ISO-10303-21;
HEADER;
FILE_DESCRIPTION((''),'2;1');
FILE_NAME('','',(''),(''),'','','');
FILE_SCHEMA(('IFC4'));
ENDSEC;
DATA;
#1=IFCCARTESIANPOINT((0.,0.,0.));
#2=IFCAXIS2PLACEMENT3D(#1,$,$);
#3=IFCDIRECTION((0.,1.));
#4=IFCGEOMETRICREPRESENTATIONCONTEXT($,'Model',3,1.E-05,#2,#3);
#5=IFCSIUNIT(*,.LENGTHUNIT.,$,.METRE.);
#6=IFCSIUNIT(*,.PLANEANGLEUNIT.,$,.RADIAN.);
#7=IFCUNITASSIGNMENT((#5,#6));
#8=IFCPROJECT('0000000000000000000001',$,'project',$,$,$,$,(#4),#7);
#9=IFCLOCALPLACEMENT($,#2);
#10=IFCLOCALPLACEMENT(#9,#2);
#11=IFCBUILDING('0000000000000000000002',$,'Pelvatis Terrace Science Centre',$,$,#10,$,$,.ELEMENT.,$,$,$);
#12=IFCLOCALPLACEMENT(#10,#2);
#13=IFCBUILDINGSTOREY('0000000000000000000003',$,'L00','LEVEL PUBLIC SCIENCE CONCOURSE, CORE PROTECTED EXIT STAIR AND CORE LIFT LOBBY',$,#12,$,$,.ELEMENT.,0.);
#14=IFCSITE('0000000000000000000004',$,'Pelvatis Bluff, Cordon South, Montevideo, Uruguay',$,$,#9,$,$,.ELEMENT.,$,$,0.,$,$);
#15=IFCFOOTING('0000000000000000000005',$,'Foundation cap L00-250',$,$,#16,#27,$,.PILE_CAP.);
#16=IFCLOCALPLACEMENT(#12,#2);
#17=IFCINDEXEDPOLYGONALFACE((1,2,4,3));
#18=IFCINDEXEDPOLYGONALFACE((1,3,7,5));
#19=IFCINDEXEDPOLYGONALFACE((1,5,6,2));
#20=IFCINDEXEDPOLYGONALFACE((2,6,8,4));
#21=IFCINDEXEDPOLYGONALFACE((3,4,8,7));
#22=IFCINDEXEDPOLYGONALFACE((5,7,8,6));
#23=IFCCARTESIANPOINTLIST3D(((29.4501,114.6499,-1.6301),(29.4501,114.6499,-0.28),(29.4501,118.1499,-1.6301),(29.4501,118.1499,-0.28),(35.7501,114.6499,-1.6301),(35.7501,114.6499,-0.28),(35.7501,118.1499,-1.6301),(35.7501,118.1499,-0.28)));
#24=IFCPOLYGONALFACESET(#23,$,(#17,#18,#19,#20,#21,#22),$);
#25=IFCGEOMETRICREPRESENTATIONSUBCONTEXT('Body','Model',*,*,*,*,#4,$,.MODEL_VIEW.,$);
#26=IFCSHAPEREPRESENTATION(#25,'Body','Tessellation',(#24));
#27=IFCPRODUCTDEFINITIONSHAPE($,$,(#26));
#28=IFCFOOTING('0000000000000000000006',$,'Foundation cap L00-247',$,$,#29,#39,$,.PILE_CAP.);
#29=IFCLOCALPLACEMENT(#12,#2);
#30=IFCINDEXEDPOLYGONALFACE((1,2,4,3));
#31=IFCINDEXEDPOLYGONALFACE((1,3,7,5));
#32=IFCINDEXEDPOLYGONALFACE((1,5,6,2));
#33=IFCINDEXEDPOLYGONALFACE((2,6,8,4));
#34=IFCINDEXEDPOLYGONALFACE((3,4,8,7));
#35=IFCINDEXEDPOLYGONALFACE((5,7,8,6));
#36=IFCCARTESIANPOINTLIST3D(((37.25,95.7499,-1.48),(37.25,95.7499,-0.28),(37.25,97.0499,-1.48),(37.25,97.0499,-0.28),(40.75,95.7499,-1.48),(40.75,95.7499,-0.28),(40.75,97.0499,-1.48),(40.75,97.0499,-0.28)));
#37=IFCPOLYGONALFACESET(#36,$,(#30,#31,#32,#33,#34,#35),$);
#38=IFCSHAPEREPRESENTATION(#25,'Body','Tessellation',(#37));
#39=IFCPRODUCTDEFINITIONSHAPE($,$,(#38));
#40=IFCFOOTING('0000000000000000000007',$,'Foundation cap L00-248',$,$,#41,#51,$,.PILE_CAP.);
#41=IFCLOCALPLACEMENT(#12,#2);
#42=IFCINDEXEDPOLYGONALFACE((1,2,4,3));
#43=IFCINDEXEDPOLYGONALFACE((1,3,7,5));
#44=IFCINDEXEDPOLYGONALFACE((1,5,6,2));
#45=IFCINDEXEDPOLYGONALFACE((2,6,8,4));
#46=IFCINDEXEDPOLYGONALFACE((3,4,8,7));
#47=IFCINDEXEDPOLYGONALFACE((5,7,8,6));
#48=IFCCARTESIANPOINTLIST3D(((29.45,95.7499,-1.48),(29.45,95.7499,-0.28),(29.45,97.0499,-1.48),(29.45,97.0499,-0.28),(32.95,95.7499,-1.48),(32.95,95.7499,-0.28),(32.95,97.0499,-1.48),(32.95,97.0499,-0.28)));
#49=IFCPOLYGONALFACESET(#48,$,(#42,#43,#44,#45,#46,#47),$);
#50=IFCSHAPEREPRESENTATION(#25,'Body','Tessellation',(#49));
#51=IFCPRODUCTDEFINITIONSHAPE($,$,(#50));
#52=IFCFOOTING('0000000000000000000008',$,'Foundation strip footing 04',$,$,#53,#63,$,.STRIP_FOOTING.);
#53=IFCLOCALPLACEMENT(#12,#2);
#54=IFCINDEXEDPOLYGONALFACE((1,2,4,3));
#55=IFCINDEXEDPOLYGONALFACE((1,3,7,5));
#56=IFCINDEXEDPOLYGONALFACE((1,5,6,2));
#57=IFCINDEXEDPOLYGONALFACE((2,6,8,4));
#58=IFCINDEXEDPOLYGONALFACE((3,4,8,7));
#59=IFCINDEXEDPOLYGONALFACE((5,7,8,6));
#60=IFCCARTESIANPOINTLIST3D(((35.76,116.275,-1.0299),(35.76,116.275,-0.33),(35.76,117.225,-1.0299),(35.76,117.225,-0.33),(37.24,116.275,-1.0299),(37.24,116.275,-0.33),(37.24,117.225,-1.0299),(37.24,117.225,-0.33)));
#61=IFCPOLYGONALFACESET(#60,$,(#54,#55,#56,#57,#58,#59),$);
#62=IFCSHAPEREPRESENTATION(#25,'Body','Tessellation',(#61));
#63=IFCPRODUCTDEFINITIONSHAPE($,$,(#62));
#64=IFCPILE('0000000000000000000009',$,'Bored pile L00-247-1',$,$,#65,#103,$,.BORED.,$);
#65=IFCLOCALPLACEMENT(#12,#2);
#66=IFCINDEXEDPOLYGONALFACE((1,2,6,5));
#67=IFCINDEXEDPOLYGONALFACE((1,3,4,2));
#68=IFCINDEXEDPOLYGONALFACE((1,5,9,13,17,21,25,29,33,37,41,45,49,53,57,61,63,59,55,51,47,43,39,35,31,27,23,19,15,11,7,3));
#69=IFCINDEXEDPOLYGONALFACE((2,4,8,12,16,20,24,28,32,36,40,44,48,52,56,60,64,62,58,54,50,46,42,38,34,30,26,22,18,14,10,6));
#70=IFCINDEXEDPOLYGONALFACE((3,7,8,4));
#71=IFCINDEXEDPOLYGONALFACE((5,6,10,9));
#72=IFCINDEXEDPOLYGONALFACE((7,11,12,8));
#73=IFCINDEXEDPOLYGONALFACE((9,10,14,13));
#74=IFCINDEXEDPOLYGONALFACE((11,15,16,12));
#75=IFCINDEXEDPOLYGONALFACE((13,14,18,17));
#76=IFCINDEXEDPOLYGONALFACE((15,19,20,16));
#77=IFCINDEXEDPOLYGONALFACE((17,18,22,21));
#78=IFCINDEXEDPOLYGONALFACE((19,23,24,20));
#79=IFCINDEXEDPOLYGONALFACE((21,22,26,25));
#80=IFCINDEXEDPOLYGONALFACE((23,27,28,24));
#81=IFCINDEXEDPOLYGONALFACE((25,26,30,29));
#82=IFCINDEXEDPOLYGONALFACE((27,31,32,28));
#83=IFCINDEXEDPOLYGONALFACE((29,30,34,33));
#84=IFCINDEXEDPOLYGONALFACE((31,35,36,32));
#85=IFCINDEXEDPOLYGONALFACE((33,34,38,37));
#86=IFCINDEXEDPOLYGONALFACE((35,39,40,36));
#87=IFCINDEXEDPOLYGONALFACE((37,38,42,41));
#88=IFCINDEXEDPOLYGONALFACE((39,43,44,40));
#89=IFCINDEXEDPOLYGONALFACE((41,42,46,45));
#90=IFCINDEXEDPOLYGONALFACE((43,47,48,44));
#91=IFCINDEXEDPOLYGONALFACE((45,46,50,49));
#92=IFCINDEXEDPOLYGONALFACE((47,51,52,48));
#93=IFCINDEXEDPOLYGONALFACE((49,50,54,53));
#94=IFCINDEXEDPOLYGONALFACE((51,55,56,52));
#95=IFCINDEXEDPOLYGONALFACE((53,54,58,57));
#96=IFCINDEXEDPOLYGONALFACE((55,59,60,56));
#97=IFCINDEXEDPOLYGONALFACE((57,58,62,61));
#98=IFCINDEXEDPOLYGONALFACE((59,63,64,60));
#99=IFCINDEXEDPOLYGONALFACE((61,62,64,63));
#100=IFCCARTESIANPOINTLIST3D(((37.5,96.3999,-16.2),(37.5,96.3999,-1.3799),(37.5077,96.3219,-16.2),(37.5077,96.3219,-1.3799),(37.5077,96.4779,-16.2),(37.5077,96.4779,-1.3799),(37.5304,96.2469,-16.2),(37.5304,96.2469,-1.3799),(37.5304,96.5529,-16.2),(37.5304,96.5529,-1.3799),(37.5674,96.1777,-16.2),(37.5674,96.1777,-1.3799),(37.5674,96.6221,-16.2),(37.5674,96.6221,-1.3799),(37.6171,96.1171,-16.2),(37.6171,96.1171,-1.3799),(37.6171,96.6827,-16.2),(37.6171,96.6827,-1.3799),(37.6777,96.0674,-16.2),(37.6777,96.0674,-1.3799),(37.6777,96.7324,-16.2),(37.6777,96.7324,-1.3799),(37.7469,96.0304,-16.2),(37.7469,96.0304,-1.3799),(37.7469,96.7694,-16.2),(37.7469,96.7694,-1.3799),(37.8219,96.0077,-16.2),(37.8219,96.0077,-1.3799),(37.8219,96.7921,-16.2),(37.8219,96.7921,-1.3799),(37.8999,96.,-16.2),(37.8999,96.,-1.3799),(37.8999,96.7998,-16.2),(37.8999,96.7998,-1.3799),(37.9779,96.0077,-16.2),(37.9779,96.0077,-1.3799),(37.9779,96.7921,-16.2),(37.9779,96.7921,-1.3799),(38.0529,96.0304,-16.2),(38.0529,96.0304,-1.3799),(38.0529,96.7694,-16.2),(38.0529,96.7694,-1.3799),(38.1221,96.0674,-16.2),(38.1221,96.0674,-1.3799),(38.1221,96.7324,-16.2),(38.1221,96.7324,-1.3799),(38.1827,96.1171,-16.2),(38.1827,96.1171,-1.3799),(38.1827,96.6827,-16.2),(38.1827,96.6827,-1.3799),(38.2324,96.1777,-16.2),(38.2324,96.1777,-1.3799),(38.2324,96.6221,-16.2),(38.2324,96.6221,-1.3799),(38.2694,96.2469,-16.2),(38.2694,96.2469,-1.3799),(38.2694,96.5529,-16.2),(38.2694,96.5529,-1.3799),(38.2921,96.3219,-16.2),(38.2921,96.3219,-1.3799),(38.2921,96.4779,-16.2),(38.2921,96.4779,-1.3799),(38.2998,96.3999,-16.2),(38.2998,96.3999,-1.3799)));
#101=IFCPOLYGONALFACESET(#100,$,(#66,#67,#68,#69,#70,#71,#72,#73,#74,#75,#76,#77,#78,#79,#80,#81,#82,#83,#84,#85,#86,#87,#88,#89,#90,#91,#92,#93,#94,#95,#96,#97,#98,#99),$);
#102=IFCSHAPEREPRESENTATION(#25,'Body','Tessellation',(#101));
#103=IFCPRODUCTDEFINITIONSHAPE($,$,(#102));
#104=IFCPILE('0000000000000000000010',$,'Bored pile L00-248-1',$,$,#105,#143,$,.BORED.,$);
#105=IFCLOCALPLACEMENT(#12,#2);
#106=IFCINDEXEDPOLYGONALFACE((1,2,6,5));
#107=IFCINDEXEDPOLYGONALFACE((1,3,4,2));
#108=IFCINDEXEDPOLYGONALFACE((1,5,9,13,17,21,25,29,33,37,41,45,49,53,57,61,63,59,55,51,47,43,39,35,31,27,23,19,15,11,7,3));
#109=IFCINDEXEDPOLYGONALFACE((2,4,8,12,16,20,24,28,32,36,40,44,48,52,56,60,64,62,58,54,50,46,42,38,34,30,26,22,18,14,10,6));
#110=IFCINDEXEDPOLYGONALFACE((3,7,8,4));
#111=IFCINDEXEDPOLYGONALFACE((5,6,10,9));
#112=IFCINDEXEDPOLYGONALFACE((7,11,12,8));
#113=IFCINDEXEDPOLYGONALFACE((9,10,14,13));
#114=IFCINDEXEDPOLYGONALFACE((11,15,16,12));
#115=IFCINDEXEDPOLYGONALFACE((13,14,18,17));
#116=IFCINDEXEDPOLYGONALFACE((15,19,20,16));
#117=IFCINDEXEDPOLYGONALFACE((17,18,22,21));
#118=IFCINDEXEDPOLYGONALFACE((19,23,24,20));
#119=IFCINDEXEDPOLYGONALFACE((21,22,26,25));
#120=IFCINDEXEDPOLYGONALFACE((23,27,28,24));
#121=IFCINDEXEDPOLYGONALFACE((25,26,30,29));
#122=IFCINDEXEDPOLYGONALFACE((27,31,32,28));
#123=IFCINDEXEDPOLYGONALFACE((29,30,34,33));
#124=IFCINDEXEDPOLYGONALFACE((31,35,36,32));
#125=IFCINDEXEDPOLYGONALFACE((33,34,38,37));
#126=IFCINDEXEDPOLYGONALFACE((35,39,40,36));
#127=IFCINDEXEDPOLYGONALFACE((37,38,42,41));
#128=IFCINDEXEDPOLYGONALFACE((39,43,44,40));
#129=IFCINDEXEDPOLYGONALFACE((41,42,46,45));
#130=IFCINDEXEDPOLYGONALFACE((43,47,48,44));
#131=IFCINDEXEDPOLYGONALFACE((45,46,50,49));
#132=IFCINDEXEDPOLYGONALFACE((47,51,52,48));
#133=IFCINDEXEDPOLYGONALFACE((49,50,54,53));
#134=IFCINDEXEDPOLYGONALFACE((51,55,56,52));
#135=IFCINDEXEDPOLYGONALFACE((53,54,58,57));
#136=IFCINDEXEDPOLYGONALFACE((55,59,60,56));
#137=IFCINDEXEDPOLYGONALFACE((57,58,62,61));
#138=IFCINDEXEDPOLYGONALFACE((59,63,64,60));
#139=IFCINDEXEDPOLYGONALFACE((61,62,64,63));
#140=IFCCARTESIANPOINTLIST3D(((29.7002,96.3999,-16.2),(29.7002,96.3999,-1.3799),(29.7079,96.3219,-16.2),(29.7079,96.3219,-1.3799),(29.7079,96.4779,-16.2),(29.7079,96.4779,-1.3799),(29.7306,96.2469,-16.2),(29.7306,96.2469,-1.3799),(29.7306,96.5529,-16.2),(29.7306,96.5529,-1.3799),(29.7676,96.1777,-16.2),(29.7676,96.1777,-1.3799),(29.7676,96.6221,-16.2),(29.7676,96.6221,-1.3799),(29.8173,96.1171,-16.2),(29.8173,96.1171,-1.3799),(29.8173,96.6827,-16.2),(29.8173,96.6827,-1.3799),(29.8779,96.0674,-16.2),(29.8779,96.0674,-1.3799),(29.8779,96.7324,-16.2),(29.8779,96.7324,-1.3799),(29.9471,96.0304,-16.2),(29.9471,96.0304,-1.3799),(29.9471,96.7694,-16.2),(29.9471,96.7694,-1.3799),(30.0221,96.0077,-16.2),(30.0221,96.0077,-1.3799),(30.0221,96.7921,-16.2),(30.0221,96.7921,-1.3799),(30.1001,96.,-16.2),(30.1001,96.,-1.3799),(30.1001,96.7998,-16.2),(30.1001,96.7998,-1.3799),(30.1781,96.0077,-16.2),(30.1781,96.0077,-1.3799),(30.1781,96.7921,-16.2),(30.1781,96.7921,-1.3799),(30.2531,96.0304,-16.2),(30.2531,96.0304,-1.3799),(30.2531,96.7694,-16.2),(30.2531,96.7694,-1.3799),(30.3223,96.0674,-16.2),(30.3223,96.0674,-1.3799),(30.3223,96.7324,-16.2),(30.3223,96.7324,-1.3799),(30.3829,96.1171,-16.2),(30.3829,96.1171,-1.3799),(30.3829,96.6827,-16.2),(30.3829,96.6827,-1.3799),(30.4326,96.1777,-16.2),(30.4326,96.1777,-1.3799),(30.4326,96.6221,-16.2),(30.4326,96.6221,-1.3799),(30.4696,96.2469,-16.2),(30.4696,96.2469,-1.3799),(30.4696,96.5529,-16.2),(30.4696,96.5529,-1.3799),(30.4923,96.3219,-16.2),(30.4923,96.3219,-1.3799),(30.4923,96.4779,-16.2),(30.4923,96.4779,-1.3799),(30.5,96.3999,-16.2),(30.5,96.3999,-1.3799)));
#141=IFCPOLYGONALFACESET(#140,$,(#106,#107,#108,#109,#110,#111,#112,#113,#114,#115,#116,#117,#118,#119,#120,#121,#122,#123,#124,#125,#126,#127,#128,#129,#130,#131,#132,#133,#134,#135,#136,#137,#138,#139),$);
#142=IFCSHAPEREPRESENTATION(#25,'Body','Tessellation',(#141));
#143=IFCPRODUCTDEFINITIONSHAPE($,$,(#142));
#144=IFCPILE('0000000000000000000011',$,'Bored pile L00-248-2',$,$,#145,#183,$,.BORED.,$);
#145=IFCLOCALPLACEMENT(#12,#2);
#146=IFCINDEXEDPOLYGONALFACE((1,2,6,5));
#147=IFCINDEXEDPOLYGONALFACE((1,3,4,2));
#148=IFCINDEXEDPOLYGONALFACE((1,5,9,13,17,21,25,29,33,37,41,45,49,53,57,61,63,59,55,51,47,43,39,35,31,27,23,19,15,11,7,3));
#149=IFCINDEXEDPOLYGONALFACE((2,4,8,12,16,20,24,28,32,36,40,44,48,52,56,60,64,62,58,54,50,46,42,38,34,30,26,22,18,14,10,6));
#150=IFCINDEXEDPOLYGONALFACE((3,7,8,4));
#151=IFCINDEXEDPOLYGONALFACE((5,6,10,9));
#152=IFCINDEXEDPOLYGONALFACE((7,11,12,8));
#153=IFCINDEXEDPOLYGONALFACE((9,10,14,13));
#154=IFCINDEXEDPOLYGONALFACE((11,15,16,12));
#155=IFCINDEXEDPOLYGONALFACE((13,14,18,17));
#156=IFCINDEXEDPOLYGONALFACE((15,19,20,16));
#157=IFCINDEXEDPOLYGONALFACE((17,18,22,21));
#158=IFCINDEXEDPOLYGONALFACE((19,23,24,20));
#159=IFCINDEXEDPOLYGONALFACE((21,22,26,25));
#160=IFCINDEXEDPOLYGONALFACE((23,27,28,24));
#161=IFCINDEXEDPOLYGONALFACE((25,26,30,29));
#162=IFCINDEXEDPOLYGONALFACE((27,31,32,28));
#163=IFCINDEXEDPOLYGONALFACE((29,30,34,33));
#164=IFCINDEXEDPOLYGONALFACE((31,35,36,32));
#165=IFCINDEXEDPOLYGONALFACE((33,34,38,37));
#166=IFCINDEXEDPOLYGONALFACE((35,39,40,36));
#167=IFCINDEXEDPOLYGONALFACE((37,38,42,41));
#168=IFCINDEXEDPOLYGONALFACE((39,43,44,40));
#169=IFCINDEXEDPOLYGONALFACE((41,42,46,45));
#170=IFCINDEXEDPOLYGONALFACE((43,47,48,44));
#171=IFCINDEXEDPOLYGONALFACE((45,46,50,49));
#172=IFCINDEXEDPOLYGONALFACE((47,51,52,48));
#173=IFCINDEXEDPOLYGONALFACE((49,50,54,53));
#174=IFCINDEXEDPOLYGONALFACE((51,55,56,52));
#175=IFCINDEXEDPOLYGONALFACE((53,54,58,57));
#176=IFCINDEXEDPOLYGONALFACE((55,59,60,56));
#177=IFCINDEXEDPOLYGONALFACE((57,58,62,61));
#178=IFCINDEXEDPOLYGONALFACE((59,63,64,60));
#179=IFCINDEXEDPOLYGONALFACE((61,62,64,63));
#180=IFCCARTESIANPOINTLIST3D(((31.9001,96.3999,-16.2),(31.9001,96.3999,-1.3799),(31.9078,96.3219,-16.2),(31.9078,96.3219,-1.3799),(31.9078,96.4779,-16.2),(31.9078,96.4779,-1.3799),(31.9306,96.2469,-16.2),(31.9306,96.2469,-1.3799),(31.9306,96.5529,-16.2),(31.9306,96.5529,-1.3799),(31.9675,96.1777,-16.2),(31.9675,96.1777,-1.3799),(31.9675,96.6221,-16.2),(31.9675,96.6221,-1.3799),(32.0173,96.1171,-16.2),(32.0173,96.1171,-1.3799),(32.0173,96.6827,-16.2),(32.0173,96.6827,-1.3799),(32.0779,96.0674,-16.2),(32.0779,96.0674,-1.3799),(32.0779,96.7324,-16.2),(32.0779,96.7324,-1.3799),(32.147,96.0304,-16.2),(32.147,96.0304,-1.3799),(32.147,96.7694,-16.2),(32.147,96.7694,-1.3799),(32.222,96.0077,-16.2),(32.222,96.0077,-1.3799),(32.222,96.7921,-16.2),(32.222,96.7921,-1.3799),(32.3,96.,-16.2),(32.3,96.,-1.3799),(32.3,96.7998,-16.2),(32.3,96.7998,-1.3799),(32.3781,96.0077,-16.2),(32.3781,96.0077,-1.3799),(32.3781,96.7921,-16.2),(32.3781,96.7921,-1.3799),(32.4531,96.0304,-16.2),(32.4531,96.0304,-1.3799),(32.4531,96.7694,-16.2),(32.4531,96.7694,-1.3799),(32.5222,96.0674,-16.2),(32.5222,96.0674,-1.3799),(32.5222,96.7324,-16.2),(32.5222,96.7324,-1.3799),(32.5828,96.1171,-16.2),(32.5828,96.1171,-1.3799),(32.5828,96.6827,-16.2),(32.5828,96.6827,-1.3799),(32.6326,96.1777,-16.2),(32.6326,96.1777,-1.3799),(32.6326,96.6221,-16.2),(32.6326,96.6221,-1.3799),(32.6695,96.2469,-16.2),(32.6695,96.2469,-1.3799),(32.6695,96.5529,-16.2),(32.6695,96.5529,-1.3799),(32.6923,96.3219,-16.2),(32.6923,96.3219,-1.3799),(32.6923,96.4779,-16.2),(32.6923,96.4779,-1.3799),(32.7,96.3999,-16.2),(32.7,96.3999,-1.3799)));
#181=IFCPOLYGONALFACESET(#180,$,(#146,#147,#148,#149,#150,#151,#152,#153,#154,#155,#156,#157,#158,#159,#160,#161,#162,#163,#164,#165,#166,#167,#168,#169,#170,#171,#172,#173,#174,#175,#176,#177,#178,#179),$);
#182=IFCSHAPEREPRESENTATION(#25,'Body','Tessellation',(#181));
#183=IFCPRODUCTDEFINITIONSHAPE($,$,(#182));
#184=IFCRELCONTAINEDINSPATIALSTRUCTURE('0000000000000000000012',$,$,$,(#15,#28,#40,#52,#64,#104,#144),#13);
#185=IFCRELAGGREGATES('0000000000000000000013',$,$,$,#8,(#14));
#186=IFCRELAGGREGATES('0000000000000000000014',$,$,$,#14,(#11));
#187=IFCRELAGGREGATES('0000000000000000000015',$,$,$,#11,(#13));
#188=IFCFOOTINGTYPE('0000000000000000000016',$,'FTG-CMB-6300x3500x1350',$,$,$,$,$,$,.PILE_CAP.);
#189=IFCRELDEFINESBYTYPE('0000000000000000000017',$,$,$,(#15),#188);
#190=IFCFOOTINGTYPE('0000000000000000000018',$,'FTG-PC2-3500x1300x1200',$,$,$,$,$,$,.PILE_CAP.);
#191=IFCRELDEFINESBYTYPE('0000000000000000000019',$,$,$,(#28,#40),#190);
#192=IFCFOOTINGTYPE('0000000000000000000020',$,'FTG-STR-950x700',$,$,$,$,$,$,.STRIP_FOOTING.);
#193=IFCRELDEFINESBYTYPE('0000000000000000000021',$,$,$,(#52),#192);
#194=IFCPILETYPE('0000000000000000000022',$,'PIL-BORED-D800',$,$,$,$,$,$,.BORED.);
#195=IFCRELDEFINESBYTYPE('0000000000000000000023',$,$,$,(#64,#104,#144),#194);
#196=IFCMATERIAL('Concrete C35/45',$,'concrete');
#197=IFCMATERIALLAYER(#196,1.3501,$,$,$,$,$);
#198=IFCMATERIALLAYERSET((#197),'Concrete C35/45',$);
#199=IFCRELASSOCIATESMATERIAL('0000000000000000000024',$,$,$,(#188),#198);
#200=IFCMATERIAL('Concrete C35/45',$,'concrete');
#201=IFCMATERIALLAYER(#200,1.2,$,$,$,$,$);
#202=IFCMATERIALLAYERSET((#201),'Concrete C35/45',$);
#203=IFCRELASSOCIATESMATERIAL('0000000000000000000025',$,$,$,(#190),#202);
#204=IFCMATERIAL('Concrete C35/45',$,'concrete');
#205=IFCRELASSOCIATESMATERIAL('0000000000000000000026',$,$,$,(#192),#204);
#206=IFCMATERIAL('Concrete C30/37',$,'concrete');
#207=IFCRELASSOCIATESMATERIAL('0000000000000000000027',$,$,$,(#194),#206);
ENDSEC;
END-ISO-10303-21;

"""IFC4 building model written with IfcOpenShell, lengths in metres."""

from ifc_helpers import new_model, si_unit, direction, frame, origin, origin_2d, place, context, subcontext, project, spatial, rectangle, circle, extrude, material, layer, layer_set, material_profile, profile_set, type_object, element, save


model = new_model("IFC4")

# Units and contexts
model_context = context("Model", 3, precision=1e-05, world=origin(), true_north=direction((0.0, 1.0)))
body_context = subcontext(model_context, "Body", "Model", "MODEL_VIEW")
ifc_project = project(units=[si_unit("LENGTHUNIT", "METRE"), si_unit("PLANEANGLEUNIT", "RADIAN")], contexts=[model_context])

# Site, building, storey
site_placement = place(None, origin())
site = spatial("IfcSite", under=ifc_project, at=site_placement, Name="Pelvatis Bluff, Cordon South, Montevideo, Uruguay", CompositionType="ELEMENT", RefElevation=0.0)
building_placement = place(site_placement, origin())
building = spatial("IfcBuilding", under=site, at=building_placement, Name="Pelvatis Terrace Science Centre", CompositionType="ELEMENT")
storey_placement = place(building_placement, origin())
storey = spatial("IfcBuildingStorey", under=building, at=storey_placement, Name="L00", Description="LEVEL PUBLIC SCIENCE CONCOURSE, CORE PROTECTED EXIT STAIR AND CORE LIFT LOBBY", CompositionType="ELEMENT", Elevation=0.0)

# Footings
ifc_material_1 = material(Name="Concrete C35/45", Category="concrete")
ifc_layer_1 = layer(ifc_material_1, 1.3501)
ifc_layer_set_1 = layer_set([ifc_layer_1], Name="Concrete C35/45")
footing_type_1 = type_object("IfcFootingType", Name="FTG-CMB-6300x3500x1350", PredefinedType="PILE_CAP", material=ifc_layer_set_1)
footing_1_placement = place(storey_placement, frame((32.6001, 116.3999, -1.6301), z_axis=(0.0, 0.0, 1.0), x_axis=(1.0, 0.0, 0.0)))
element("IfcFooting", 1, at=footing_1_placement, inside=storey, type_object=footing_type_1, Name="Foundation cap L00-250", PredefinedType="PILE_CAP", context=body_context, shape_type="SweptSolid", body=[
    extrude(rectangle(XDim=6.3, YDim=3.5, at=origin_2d()), origin(), (0.0, 0.0, 1.0), 1.3501),
])
ifc_material_2 = material(Name="Concrete C35/45", Category="concrete")
ifc_layer_2 = layer(ifc_material_2, 1.2)
ifc_layer_set_2 = layer_set([ifc_layer_2], Name="Concrete C35/45")
footing_type_2 = type_object("IfcFootingType", Name="FTG-PC2-3500x1300x1200", PredefinedType="PILE_CAP", material=ifc_layer_set_2)
for number, where, z_axis, x_axis, name in (
    (2, (39.0, 96.3999, -1.48), (0.0, 0.0, 1.0), (1.0, 0.0, 0.0), "Foundation cap L00-247"),
    (3, (31.2, 96.3999, -1.48), (0.0, 0.0, 1.0), (1.0, 0.0, 0.0), "Foundation cap L00-248"),
):
    element("IfcFooting", number, at=place(storey_placement, frame(where, z_axis=z_axis, x_axis=x_axis)), inside=storey, type_object=footing_type_2, Name=name, PredefinedType="PILE_CAP", context=body_context, shape_type="SweptSolid", body=[
        extrude(rectangle(XDim=3.5, YDim=1.3, at=origin_2d()), origin(), (0.0, 0.0, 1.0), 1.2),
    ])
ifc_material_3 = material(Name="Concrete C35/45", Category="concrete")
ifc_material_profile_1 = material_profile(ifc_material_3, rectangle(XDim=0.95, YDim=0.7, at=origin_2d()), Name="RC-STR 950x700")
ifc_profile_set_1 = profile_set([ifc_material_profile_1], Name="Concrete C35/45")
footing_type_3 = type_object("IfcFootingType", Name="FTG-STR-950x700", PredefinedType="STRIP_FOOTING", material=ifc_profile_set_1)
footing_2_placement = place(storey_placement, frame((35.76, 116.75, -0.6799), z_axis=(1.0, 0.0, 0.0), x_axis=(0.0, 1.0, 0.0)))
element("IfcFooting", 4, at=footing_2_placement, inside=storey, type_object=footing_type_3, Name="Foundation strip footing 04", PredefinedType="STRIP_FOOTING", context=body_context, shape_type="SweptSolid", body=[
    extrude(rectangle(XDim=0.95, YDim=0.7, at=origin_2d()), origin(), (0.0, 0.0, 1.0), 1.48),
])

# Piles
ifc_material_4 = material(Name="Concrete C30/37", Category="concrete")
ifc_material_profile_2 = material_profile(ifc_material_4, circle(Radius=0.3999, at=origin_2d()), Name="PILE D800")
ifc_profile_set_2 = profile_set([ifc_material_profile_2], Name="Concrete C30/37")
pile_type = type_object("IfcPileType", Name="PIL-BORED-D800", PredefinedType="BORED", material=ifc_profile_set_2)
for number, where, z_axis, x_axis, name in (
    (5, (37.8999, 96.3999, -1.3799), (0.0, 0.0, -1.0), (1.0, 0.0, 0.0), "Bored pile L00-247-1"),
    (6, (30.1001, 96.3999, -1.3799), (0.0, 0.0, -1.0), (1.0, 0.0, 0.0), "Bored pile L00-248-1"),
    (7, (32.3, 96.3999, -1.3799), (0.0, 0.0, -1.0), (1.0, 0.0, 0.0), "Bored pile L00-248-2"),
):
    element("IfcPile", number, at=place(storey_placement, frame(where, z_axis=z_axis, x_axis=x_axis)), inside=storey, type_object=pile_type, Name=name, PredefinedType="BORED", context=body_context, shape_type="SweptSolid", body=[
        extrude(circle(Radius=0.3999, at=origin_2d()), origin(), (0.0, 0.0, 1.0), 14.8201),
    ])

save(model, "model.ifc")
